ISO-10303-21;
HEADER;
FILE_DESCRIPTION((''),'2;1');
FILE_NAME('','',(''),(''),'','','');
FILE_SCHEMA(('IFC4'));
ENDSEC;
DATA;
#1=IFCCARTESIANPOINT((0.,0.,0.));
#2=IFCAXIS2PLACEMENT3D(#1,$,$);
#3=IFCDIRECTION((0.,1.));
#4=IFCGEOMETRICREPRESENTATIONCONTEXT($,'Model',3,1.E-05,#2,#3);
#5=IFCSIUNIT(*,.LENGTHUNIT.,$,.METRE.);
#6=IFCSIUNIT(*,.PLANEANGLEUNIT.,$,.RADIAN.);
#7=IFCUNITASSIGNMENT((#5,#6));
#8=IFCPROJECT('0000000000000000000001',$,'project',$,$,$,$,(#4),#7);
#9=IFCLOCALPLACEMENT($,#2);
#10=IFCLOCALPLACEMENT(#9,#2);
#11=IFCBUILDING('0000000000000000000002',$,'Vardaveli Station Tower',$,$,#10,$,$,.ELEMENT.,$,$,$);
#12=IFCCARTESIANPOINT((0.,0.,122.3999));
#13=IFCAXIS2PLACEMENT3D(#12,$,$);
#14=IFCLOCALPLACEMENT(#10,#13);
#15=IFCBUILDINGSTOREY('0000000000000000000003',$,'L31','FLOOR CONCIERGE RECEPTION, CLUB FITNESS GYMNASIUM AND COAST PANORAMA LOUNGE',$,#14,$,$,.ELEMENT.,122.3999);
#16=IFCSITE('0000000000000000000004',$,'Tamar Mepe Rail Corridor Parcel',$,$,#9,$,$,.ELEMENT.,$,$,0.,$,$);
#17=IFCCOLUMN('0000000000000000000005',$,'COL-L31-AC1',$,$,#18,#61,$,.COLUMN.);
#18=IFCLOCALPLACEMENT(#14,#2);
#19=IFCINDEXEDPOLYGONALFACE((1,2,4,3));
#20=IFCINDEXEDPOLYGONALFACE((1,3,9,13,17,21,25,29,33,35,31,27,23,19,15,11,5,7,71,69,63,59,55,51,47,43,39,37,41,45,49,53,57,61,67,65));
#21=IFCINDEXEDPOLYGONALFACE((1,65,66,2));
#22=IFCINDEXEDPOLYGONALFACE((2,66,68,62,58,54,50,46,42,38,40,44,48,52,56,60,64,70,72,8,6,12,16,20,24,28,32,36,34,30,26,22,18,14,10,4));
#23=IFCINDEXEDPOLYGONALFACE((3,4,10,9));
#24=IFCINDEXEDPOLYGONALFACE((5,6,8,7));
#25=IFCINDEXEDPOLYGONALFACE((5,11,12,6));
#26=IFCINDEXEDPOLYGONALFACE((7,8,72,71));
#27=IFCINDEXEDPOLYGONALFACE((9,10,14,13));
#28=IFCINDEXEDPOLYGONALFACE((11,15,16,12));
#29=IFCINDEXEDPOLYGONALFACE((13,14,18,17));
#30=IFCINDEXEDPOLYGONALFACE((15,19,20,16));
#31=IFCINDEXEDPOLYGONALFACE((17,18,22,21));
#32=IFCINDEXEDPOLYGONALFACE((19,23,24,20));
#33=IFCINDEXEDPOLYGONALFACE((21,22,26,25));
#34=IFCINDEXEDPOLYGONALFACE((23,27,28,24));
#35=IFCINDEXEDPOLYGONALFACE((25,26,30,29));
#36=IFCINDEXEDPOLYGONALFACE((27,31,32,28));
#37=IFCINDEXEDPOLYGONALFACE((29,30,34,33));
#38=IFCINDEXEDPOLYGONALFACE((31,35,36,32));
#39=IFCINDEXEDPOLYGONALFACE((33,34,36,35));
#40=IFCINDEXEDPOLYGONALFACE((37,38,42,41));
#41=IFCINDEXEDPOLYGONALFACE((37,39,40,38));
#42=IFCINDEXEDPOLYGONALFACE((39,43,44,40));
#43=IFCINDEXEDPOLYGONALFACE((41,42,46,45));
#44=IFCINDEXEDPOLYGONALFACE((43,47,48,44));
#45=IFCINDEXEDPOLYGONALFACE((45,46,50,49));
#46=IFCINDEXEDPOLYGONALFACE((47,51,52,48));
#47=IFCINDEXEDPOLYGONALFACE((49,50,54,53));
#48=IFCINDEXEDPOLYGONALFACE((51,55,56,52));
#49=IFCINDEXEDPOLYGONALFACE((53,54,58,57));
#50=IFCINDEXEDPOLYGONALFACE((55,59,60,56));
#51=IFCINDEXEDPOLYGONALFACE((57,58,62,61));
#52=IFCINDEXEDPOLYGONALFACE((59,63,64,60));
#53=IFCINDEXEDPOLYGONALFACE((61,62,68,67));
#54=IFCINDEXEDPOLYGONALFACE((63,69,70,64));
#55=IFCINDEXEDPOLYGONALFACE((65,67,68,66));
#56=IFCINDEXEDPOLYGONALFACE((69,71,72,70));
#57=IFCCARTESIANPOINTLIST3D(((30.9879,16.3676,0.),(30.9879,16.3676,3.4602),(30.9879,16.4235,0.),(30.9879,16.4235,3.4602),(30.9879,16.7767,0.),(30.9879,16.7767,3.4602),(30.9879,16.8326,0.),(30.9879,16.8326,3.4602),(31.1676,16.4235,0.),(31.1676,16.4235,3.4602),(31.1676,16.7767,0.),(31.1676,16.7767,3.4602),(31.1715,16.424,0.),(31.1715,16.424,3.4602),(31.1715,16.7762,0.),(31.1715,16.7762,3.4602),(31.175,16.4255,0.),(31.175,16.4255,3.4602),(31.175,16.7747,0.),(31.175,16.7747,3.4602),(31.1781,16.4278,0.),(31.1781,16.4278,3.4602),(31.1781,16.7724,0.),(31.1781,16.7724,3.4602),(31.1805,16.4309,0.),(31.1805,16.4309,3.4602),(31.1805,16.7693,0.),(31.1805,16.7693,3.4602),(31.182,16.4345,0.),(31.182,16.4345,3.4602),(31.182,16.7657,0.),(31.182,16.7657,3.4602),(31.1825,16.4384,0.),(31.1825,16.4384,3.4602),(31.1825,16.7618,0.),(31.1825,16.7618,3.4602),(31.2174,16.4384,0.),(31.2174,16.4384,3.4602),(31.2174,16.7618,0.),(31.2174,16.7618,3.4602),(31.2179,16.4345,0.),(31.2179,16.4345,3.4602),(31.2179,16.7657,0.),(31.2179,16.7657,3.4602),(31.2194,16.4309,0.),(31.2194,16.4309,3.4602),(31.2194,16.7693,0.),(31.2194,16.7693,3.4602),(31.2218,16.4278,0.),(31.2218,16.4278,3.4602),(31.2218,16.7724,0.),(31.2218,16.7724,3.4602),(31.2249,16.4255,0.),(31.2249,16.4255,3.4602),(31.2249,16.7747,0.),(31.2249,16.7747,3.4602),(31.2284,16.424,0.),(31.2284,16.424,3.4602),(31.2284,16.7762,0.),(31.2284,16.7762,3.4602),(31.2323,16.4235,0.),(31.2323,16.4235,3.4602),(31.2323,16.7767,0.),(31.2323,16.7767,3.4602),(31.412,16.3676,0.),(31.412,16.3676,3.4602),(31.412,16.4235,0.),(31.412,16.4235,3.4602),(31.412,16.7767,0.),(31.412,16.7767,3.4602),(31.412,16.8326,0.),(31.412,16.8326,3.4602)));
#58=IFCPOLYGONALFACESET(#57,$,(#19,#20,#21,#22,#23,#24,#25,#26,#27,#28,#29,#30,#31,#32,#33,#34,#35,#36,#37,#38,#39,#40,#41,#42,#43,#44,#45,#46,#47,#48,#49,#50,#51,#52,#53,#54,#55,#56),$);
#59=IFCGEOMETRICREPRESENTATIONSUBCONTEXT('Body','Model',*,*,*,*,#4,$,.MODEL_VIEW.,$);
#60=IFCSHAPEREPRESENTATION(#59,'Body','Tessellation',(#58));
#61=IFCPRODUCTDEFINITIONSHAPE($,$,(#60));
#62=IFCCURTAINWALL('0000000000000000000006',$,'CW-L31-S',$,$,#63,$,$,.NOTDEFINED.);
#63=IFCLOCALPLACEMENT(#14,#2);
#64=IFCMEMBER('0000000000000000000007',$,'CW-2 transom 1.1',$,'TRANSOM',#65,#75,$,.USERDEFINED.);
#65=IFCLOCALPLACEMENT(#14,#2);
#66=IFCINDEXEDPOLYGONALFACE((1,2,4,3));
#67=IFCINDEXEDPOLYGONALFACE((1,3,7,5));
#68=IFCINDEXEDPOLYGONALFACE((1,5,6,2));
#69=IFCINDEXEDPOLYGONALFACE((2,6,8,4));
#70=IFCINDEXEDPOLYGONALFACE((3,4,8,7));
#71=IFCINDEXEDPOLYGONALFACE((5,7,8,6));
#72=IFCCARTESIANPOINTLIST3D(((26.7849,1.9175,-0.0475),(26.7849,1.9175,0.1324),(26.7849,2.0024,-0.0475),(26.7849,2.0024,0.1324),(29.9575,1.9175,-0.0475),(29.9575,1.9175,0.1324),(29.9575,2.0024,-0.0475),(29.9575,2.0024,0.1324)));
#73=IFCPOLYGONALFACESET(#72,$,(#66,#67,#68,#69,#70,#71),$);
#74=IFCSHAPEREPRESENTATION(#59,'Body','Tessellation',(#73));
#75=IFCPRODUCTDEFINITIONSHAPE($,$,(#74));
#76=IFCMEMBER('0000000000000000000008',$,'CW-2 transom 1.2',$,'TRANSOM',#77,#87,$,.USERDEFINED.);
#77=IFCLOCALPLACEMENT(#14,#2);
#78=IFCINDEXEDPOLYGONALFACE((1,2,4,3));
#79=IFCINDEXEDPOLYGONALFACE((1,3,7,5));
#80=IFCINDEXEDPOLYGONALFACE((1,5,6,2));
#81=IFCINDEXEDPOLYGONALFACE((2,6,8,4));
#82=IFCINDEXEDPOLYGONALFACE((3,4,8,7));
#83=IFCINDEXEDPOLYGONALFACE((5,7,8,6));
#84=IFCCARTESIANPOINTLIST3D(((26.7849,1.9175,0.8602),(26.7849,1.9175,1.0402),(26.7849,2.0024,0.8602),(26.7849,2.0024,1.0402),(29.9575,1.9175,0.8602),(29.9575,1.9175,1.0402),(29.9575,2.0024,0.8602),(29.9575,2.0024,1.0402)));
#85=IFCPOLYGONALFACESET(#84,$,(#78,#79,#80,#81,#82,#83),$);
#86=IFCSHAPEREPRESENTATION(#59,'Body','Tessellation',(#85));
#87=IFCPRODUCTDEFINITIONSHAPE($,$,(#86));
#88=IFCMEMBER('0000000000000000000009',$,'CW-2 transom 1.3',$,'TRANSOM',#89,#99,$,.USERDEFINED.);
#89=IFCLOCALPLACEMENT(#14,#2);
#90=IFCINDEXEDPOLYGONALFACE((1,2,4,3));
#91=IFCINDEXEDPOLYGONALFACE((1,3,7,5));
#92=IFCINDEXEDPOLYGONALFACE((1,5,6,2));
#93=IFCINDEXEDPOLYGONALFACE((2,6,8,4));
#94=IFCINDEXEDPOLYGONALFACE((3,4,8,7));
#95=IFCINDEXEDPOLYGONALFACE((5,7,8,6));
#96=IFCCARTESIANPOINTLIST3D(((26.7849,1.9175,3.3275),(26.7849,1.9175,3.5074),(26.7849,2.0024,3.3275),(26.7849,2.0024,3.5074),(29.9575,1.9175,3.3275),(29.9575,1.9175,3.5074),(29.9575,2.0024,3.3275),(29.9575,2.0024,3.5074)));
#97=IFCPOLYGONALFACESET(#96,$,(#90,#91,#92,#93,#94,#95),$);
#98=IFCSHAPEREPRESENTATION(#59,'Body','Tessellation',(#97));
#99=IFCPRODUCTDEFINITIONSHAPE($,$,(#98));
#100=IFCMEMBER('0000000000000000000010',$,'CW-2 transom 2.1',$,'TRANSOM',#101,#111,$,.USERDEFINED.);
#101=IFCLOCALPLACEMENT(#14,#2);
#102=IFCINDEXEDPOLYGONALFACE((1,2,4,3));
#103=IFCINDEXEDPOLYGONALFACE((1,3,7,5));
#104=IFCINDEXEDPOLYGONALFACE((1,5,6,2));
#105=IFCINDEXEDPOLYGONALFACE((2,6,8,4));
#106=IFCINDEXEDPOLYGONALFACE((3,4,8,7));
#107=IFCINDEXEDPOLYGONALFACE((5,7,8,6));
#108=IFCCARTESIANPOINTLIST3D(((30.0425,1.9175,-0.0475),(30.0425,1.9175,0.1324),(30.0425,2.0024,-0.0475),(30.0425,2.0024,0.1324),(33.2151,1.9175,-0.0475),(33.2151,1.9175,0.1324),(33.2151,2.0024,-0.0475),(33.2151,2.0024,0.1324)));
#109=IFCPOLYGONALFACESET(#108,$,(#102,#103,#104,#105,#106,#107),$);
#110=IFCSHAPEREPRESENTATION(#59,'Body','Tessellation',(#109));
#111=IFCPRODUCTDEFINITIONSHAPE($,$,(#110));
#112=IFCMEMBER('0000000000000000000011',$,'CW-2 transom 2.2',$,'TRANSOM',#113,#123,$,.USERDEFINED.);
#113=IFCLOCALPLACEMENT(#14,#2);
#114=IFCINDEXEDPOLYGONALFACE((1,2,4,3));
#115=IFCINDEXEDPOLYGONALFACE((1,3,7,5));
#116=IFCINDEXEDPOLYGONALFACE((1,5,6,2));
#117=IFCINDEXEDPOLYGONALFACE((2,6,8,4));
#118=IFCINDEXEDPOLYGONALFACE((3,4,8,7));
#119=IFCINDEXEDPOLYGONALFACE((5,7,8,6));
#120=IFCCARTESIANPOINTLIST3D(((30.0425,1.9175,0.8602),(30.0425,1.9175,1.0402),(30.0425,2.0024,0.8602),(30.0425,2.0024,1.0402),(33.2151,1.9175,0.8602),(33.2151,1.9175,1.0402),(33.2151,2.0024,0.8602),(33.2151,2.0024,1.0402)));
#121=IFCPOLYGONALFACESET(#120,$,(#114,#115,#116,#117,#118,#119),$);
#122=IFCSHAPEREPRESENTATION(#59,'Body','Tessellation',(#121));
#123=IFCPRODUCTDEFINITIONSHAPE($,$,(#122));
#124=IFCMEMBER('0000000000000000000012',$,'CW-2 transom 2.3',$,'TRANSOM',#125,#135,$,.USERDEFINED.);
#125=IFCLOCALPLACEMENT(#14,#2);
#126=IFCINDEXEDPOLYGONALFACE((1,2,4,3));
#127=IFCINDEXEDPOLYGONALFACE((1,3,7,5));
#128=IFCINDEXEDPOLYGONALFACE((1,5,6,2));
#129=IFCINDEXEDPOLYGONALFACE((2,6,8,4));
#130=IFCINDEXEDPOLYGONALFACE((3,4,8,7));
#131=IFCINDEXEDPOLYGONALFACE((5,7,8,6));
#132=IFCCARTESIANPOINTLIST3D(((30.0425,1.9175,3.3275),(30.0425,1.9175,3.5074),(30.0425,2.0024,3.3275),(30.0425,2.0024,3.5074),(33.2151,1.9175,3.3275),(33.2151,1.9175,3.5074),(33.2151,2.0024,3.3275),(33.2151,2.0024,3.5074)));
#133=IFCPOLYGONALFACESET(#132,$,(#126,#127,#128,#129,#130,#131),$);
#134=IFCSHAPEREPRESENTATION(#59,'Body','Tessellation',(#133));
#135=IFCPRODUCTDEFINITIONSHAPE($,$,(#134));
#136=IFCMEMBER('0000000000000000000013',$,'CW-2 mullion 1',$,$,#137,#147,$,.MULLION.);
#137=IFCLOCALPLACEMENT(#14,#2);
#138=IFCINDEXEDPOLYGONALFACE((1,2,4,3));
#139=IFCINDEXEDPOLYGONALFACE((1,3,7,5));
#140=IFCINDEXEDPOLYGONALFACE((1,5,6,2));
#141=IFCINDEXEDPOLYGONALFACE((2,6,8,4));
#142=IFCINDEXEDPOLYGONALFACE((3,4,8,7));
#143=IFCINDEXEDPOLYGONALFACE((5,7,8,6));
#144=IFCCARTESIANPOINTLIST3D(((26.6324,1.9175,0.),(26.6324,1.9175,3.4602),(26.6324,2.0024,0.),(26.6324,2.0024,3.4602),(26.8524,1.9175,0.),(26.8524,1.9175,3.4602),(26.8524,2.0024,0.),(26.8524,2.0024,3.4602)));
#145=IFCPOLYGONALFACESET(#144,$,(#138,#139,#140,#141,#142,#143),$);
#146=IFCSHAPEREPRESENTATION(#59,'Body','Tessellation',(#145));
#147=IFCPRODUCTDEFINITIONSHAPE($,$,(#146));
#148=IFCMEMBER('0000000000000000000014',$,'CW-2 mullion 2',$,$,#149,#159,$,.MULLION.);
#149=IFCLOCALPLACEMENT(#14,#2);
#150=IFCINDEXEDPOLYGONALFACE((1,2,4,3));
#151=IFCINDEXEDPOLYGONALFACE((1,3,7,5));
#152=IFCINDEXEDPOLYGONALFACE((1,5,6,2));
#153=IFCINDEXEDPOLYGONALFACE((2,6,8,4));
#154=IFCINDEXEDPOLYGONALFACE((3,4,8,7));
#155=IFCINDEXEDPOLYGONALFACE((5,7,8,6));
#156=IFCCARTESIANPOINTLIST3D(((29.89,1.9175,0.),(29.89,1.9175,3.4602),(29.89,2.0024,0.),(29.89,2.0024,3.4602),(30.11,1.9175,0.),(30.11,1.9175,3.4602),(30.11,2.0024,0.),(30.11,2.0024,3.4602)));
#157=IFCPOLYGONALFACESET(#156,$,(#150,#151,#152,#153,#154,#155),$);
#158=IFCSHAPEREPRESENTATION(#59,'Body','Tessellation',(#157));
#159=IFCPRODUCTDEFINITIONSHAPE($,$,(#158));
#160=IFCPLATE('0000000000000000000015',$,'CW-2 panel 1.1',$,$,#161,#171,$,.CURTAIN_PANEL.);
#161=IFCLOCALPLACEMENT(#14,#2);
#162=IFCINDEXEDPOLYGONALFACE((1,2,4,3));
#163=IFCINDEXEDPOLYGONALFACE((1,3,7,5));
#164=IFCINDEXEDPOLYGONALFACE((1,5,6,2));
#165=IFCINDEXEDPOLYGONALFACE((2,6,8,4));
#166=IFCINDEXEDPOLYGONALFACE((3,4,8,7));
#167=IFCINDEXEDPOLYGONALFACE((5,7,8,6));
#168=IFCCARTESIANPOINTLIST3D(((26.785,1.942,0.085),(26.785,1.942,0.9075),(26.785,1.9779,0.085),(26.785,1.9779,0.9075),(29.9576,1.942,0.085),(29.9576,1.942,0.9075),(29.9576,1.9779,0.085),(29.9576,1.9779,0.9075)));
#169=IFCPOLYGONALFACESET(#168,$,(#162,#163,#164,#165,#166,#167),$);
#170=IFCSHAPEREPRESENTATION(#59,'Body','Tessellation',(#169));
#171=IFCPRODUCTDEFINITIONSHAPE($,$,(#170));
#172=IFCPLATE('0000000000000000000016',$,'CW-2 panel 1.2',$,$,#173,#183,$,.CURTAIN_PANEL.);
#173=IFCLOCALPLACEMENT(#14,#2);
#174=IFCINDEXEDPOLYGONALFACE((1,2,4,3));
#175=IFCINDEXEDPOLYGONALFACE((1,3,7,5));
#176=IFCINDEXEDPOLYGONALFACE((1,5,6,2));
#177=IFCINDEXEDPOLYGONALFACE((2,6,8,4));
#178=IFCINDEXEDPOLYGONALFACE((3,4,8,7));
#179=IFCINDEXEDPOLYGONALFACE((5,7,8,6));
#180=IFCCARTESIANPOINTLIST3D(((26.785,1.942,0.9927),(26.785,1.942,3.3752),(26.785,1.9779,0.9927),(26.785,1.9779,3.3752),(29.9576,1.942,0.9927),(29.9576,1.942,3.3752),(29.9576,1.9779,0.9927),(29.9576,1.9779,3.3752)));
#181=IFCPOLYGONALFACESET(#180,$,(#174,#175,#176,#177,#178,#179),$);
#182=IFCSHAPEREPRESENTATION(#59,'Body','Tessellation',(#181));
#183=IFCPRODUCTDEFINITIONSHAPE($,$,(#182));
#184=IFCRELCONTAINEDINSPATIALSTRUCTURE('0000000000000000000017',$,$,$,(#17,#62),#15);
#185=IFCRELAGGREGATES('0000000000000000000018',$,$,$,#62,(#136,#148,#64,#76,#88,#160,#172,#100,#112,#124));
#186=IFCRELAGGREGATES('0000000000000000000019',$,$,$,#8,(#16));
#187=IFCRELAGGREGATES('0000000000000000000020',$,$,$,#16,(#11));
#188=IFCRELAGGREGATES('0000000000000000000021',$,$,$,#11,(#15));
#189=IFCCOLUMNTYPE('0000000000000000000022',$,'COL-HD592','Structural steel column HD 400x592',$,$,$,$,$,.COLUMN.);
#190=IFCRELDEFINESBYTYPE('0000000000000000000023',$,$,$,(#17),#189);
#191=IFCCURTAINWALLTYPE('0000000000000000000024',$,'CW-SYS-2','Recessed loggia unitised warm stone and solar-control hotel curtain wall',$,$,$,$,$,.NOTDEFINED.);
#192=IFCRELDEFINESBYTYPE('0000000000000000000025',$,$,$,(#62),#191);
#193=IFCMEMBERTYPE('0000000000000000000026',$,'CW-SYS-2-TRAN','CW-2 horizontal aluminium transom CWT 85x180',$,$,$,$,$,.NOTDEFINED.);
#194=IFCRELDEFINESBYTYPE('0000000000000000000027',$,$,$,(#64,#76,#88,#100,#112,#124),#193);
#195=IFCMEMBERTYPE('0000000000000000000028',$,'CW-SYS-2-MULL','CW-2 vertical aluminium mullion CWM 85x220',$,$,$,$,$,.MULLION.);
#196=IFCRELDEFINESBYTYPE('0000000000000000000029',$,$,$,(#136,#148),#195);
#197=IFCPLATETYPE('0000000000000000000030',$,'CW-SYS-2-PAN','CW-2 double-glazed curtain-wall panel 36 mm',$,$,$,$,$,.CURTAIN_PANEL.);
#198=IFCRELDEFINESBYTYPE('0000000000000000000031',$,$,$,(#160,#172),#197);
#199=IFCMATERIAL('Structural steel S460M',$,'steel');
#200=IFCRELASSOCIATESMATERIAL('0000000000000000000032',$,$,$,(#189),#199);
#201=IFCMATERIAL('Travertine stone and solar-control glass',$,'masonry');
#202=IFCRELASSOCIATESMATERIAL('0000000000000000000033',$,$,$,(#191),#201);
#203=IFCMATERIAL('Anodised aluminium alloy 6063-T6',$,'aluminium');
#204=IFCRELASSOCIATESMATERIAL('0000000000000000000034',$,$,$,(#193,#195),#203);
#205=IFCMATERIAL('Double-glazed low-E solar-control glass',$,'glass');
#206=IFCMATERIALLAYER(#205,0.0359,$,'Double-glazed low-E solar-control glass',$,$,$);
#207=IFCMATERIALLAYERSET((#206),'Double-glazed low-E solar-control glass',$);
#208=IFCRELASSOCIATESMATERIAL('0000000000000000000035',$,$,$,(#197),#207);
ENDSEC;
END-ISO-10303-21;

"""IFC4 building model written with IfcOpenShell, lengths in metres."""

from ifc_helpers import new_model, si_unit, direction, frame, origin, origin_2d, place, context, subcontext, project, spatial, rectangle, i_section, extrude, source, transform, mapped, material, layer, layer_set, material_profile, profile_set, type_object, element, aggregate, save


model = new_model("IFC4")

# Units and contexts
model_context = context("Model", 3, precision=1e-05, world=origin(), true_north=direction((0.0, 1.0)))
body_context = subcontext(model_context, "Body", "Model", "MODEL_VIEW")
ifc_project = project(units=[si_unit("LENGTHUNIT", "METRE"), si_unit("PLANEANGLEUNIT", "RADIAN")], contexts=[model_context])

# Site, building, storey
site_placement = place(None, origin())
site = spatial("IfcSite", under=ifc_project, at=site_placement, Name="Tamar Mepe Rail Corridor Parcel", CompositionType="ELEMENT", RefElevation=0.0)
building_placement = place(site_placement, origin())
building = spatial("IfcBuilding", under=site, at=building_placement, Name="Vardaveli Station Tower", CompositionType="ELEMENT")
storey_placement = place(building_placement, frame((0.0, 0.0, 122.3999)))
storey = spatial("IfcBuildingStorey", under=building, at=storey_placement, Name="L31", Description="FLOOR CONCIERGE RECEPTION, CLUB FITNESS GYMNASIUM AND COAST PANORAMA LOUNGE", CompositionType="ELEMENT", Elevation=122.3999)

# Column
ifc_material_1 = material(Name="Structural steel S460M", Category="steel")
ifc_material_profile_1 = material_profile(ifc_material_1, i_section(OverallWidth=0.4241, OverallDepth=0.4651, WebThickness=0.0349, FlangeThickness=0.0559, FilletRadius=0.0149, at=origin_2d()), Name="HD 400x592")
ifc_profile_set_1 = profile_set([ifc_material_profile_1], Name="Structural steel S460M")
column_type = type_object("IfcColumnType", Name="COL-HD592", Description="Structural steel column HD 400x592", PredefinedType="COLUMN", material=ifc_profile_set_1)
shared_shape_1 = source(origin(), body_context, "Body", "SweptSolid", [
    extrude(i_section(OverallWidth=0.4241, OverallDepth=0.4651, WebThickness=0.0349, FlangeThickness=0.0559, FilletRadius=0.0149, at=origin_2d()), origin(), (0.0, 0.0, 1.0), 3.4602),
])
column_placement = place(storey_placement, frame((31.2, 16.6001, 0.0), z_axis=(0.0, 0.0, 1.0), x_axis=(1.0, 0.0, 0.0)))
element("IfcColumn", 1, at=column_placement, inside=storey, type_object=column_type, Name="COL-L31-AC1", PredefinedType="COLUMN", context=body_context, shape_type="MappedRepresentation", body=[
    mapped(shared_shape_1, transform((0.0, 0.0, 0.0), scale=1.0)),
])

# Curtain wall, members, plates
ifc_material_2 = material(Name="Travertine stone and solar-control glass", Category="masonry")
curtain_wall_type = type_object("IfcCurtainWallType", Name="CW-SYS-2", Description="Recessed loggia unitised warm stone and solar-control hotel curtain wall", PredefinedType="NOTDEFINED", material=ifc_material_2)
curtain_wall_placement = place(storey_placement, origin())
curtain_wall = element("IfcCurtainWall", 2, at=curtain_wall_placement, inside=storey, type_object=curtain_wall_type, Name="CW-L31-S", PredefinedType="NOTDEFINED")
ifc_material_3 = material(Name="Anodised aluminium alloy 6063-T6", Category="aluminium")
ifc_material_profile_2 = material_profile(ifc_material_3, rectangle(XDim=0.085, YDim=0.1799, at=origin_2d()), Name="CWT 85x180")
ifc_profile_set_2 = profile_set([ifc_material_profile_2], Name="Anodised aluminium alloy 6063-T6")
member_type_1 = type_object("IfcMemberType", Name="CW-SYS-2-TRAN", Description="CW-2 horizontal aluminium transom CWT 85x180", PredefinedType="NOTDEFINED", material=ifc_profile_set_2)
shared_shape_2 = source(origin(), body_context, "Body", "SweptSolid", [
    extrude(rectangle(XDim=0.085, YDim=0.1799, at=origin_2d()), origin(), (0.0, 0.0, 1.0), 3.1726),
])
member_1_placement = place(storey_placement, frame((26.7849, 1.96, 0.0425), z_axis=(1.0, 0.0, 0.0), x_axis=(0.0, 1.0, 0.0)))
member_1 = element("IfcMember", 3, at=member_1_placement, type_object=member_type_1, Name="CW-2 transom 1.1", ObjectType="TRANSOM", PredefinedType="USERDEFINED", context=body_context, shape_type="MappedRepresentation", body=[
    mapped(shared_shape_2, transform((0.0, 0.0, 0.0), scale=1.0)),
])
member_2_placement = place(storey_placement, frame((26.7849, 1.96, 0.9502), z_axis=(1.0, 0.0, 0.0), x_axis=(0.0, 1.0, 0.0)))
member_2 = element("IfcMember", 4, at=member_2_placement, type_object=member_type_1, Name="CW-2 transom 1.2", ObjectType="TRANSOM", PredefinedType="USERDEFINED", context=body_context, shape_type="MappedRepresentation", body=[
    mapped(shared_shape_2, transform((0.0, 0.0, 0.0), scale=1.0)),
])
member_3_placement = place(storey_placement, frame((26.7849, 1.96, 3.4175), z_axis=(1.0, 0.0, 0.0), x_axis=(0.0, 1.0, 0.0)))
member_3 = element("IfcMember", 5, at=member_3_placement, type_object=member_type_1, Name="CW-2 transom 1.3", ObjectType="TRANSOM", PredefinedType="USERDEFINED", context=body_context, shape_type="MappedRepresentation", body=[
    mapped(shared_shape_2, transform((0.0, 0.0, 0.0), scale=1.0)),
])
member_4_placement = place(storey_placement, frame((30.0425, 1.96, 0.0425), z_axis=(1.0, 0.0, 0.0), x_axis=(0.0, 1.0, 0.0)))
member_4 = element("IfcMember", 6, at=member_4_placement, type_object=member_type_1, Name="CW-2 transom 2.1", ObjectType="TRANSOM", PredefinedType="USERDEFINED", context=body_context, shape_type="MappedRepresentation", body=[
    mapped(shared_shape_2, transform((0.0, 0.0, 0.0), scale=1.0)),
])
member_5_placement = place(storey_placement, frame((30.0425, 1.96, 0.9502), z_axis=(1.0, 0.0, 0.0), x_axis=(0.0, 1.0, 0.0)))
member_5 = element("IfcMember", 7, at=member_5_placement, type_object=member_type_1, Name="CW-2 transom 2.2", ObjectType="TRANSOM", PredefinedType="USERDEFINED", context=body_context, shape_type="MappedRepresentation", body=[
    mapped(shared_shape_2, transform((0.0, 0.0, 0.0), scale=1.0)),
])
member_6_placement = place(storey_placement, frame((30.0425, 1.96, 3.4175), z_axis=(1.0, 0.0, 0.0), x_axis=(0.0, 1.0, 0.0)))
member_6 = element("IfcMember", 8, at=member_6_placement, type_object=member_type_1, Name="CW-2 transom 2.3", ObjectType="TRANSOM", PredefinedType="USERDEFINED", context=body_context, shape_type="MappedRepresentation", body=[
    mapped(shared_shape_2, transform((0.0, 0.0, 0.0), scale=1.0)),
])
ifc_material_profile_3 = material_profile(ifc_material_3, rectangle(XDim=0.085, YDim=0.22, at=origin_2d()), Name="CWM 85x220")
ifc_profile_set_3 = profile_set([ifc_material_profile_3], Name="Anodised aluminium alloy 6063-T6")
member_type_2 = type_object("IfcMemberType", Name="CW-SYS-2-MULL", Description="CW-2 vertical aluminium mullion CWM 85x220", PredefinedType="MULLION", material=ifc_profile_set_3)
shared_shape_3 = source(origin(), body_context, "Body", "SweptSolid", [
    extrude(rectangle(XDim=0.085, YDim=0.22, at=origin_2d()), origin(), (0.0, 0.0, 1.0), 3.4602),
])
member_7_placement = place(storey_placement, frame((26.7424, 1.96, 0.0), z_axis=(0.0, 0.0, 1.0), x_axis=(0.0, 1.0, 0.0)))
member_7 = element("IfcMember", 9, at=member_7_placement, type_object=member_type_2, Name="CW-2 mullion 1", PredefinedType="MULLION", context=body_context, shape_type="MappedRepresentation", body=[
    mapped(shared_shape_3, transform((0.0, 0.0, 0.0), scale=1.0)),
])
member_8_placement = place(storey_placement, frame((30.0, 1.96, 0.0), z_axis=(0.0, 0.0, 1.0), x_axis=(0.0, 1.0, 0.0)))
member_8 = element("IfcMember", 10, at=member_8_placement, type_object=member_type_2, Name="CW-2 mullion 2", PredefinedType="MULLION", context=body_context, shape_type="MappedRepresentation", body=[
    mapped(shared_shape_3, transform((0.0, 0.0, 0.0), scale=1.0)),
])
ifc_material_4 = material(Name="Double-glazed low-E solar-control glass", Category="glass")
ifc_layer_1 = layer(ifc_material_4, 0.0359, Name="Double-glazed low-E solar-control glass")
ifc_layer_set_1 = layer_set([ifc_layer_1], Name="Double-glazed low-E solar-control glass")
plate_type = type_object("IfcPlateType", Name="CW-SYS-2-PAN", Description="CW-2 double-glazed curtain-wall panel 36 mm", PredefinedType="CURTAIN_PANEL", material=ifc_layer_set_1)
shared_shape_4 = source(origin(), body_context, "Body", "SweptSolid", [
    extrude(rectangle(XDim=3.1726, YDim=0.0359, at=origin_2d()), origin(), (0.0, 0.0, 1.0), 0.8225),
])
plate_1_placement = place(storey_placement, frame((28.3713, 1.96, 0.085), z_axis=(0.0, 0.0, 1.0), x_axis=(1.0, 0.0, 0.0)))
plate_1 = element("IfcPlate", 11, at=plate_1_placement, type_object=plate_type, Name="CW-2 panel 1.1", PredefinedType="CURTAIN_PANEL", context=body_context, shape_type="MappedRepresentation", body=[
    mapped(shared_shape_4, transform((0.0, 0.0, 0.0), scale=1.0)),
])
shared_shape_5 = source(origin(), body_context, "Body", "SweptSolid", [
    extrude(rectangle(XDim=3.1726, YDim=0.0359, at=origin_2d()), origin(), (0.0, 0.0, 1.0), 2.3826),
])
plate_2_placement = place(storey_placement, frame((28.3713, 1.96, 0.9927), z_axis=(0.0, 0.0, 1.0), x_axis=(1.0, 0.0, 0.0)))
plate_2 = element("IfcPlate", 12, at=plate_2_placement, type_object=plate_type, Name="CW-2 panel 1.2", PredefinedType="CURTAIN_PANEL", context=body_context, shape_type="MappedRepresentation", body=[
    mapped(shared_shape_5, transform((0.0, 0.0, 0.0), scale=1.0)),
])
aggregate(curtain_wall, [member_7, member_8, member_1, member_2, member_3, plate_1, plate_2, member_4, member_5, member_6])

save(model, "model.ifc")
